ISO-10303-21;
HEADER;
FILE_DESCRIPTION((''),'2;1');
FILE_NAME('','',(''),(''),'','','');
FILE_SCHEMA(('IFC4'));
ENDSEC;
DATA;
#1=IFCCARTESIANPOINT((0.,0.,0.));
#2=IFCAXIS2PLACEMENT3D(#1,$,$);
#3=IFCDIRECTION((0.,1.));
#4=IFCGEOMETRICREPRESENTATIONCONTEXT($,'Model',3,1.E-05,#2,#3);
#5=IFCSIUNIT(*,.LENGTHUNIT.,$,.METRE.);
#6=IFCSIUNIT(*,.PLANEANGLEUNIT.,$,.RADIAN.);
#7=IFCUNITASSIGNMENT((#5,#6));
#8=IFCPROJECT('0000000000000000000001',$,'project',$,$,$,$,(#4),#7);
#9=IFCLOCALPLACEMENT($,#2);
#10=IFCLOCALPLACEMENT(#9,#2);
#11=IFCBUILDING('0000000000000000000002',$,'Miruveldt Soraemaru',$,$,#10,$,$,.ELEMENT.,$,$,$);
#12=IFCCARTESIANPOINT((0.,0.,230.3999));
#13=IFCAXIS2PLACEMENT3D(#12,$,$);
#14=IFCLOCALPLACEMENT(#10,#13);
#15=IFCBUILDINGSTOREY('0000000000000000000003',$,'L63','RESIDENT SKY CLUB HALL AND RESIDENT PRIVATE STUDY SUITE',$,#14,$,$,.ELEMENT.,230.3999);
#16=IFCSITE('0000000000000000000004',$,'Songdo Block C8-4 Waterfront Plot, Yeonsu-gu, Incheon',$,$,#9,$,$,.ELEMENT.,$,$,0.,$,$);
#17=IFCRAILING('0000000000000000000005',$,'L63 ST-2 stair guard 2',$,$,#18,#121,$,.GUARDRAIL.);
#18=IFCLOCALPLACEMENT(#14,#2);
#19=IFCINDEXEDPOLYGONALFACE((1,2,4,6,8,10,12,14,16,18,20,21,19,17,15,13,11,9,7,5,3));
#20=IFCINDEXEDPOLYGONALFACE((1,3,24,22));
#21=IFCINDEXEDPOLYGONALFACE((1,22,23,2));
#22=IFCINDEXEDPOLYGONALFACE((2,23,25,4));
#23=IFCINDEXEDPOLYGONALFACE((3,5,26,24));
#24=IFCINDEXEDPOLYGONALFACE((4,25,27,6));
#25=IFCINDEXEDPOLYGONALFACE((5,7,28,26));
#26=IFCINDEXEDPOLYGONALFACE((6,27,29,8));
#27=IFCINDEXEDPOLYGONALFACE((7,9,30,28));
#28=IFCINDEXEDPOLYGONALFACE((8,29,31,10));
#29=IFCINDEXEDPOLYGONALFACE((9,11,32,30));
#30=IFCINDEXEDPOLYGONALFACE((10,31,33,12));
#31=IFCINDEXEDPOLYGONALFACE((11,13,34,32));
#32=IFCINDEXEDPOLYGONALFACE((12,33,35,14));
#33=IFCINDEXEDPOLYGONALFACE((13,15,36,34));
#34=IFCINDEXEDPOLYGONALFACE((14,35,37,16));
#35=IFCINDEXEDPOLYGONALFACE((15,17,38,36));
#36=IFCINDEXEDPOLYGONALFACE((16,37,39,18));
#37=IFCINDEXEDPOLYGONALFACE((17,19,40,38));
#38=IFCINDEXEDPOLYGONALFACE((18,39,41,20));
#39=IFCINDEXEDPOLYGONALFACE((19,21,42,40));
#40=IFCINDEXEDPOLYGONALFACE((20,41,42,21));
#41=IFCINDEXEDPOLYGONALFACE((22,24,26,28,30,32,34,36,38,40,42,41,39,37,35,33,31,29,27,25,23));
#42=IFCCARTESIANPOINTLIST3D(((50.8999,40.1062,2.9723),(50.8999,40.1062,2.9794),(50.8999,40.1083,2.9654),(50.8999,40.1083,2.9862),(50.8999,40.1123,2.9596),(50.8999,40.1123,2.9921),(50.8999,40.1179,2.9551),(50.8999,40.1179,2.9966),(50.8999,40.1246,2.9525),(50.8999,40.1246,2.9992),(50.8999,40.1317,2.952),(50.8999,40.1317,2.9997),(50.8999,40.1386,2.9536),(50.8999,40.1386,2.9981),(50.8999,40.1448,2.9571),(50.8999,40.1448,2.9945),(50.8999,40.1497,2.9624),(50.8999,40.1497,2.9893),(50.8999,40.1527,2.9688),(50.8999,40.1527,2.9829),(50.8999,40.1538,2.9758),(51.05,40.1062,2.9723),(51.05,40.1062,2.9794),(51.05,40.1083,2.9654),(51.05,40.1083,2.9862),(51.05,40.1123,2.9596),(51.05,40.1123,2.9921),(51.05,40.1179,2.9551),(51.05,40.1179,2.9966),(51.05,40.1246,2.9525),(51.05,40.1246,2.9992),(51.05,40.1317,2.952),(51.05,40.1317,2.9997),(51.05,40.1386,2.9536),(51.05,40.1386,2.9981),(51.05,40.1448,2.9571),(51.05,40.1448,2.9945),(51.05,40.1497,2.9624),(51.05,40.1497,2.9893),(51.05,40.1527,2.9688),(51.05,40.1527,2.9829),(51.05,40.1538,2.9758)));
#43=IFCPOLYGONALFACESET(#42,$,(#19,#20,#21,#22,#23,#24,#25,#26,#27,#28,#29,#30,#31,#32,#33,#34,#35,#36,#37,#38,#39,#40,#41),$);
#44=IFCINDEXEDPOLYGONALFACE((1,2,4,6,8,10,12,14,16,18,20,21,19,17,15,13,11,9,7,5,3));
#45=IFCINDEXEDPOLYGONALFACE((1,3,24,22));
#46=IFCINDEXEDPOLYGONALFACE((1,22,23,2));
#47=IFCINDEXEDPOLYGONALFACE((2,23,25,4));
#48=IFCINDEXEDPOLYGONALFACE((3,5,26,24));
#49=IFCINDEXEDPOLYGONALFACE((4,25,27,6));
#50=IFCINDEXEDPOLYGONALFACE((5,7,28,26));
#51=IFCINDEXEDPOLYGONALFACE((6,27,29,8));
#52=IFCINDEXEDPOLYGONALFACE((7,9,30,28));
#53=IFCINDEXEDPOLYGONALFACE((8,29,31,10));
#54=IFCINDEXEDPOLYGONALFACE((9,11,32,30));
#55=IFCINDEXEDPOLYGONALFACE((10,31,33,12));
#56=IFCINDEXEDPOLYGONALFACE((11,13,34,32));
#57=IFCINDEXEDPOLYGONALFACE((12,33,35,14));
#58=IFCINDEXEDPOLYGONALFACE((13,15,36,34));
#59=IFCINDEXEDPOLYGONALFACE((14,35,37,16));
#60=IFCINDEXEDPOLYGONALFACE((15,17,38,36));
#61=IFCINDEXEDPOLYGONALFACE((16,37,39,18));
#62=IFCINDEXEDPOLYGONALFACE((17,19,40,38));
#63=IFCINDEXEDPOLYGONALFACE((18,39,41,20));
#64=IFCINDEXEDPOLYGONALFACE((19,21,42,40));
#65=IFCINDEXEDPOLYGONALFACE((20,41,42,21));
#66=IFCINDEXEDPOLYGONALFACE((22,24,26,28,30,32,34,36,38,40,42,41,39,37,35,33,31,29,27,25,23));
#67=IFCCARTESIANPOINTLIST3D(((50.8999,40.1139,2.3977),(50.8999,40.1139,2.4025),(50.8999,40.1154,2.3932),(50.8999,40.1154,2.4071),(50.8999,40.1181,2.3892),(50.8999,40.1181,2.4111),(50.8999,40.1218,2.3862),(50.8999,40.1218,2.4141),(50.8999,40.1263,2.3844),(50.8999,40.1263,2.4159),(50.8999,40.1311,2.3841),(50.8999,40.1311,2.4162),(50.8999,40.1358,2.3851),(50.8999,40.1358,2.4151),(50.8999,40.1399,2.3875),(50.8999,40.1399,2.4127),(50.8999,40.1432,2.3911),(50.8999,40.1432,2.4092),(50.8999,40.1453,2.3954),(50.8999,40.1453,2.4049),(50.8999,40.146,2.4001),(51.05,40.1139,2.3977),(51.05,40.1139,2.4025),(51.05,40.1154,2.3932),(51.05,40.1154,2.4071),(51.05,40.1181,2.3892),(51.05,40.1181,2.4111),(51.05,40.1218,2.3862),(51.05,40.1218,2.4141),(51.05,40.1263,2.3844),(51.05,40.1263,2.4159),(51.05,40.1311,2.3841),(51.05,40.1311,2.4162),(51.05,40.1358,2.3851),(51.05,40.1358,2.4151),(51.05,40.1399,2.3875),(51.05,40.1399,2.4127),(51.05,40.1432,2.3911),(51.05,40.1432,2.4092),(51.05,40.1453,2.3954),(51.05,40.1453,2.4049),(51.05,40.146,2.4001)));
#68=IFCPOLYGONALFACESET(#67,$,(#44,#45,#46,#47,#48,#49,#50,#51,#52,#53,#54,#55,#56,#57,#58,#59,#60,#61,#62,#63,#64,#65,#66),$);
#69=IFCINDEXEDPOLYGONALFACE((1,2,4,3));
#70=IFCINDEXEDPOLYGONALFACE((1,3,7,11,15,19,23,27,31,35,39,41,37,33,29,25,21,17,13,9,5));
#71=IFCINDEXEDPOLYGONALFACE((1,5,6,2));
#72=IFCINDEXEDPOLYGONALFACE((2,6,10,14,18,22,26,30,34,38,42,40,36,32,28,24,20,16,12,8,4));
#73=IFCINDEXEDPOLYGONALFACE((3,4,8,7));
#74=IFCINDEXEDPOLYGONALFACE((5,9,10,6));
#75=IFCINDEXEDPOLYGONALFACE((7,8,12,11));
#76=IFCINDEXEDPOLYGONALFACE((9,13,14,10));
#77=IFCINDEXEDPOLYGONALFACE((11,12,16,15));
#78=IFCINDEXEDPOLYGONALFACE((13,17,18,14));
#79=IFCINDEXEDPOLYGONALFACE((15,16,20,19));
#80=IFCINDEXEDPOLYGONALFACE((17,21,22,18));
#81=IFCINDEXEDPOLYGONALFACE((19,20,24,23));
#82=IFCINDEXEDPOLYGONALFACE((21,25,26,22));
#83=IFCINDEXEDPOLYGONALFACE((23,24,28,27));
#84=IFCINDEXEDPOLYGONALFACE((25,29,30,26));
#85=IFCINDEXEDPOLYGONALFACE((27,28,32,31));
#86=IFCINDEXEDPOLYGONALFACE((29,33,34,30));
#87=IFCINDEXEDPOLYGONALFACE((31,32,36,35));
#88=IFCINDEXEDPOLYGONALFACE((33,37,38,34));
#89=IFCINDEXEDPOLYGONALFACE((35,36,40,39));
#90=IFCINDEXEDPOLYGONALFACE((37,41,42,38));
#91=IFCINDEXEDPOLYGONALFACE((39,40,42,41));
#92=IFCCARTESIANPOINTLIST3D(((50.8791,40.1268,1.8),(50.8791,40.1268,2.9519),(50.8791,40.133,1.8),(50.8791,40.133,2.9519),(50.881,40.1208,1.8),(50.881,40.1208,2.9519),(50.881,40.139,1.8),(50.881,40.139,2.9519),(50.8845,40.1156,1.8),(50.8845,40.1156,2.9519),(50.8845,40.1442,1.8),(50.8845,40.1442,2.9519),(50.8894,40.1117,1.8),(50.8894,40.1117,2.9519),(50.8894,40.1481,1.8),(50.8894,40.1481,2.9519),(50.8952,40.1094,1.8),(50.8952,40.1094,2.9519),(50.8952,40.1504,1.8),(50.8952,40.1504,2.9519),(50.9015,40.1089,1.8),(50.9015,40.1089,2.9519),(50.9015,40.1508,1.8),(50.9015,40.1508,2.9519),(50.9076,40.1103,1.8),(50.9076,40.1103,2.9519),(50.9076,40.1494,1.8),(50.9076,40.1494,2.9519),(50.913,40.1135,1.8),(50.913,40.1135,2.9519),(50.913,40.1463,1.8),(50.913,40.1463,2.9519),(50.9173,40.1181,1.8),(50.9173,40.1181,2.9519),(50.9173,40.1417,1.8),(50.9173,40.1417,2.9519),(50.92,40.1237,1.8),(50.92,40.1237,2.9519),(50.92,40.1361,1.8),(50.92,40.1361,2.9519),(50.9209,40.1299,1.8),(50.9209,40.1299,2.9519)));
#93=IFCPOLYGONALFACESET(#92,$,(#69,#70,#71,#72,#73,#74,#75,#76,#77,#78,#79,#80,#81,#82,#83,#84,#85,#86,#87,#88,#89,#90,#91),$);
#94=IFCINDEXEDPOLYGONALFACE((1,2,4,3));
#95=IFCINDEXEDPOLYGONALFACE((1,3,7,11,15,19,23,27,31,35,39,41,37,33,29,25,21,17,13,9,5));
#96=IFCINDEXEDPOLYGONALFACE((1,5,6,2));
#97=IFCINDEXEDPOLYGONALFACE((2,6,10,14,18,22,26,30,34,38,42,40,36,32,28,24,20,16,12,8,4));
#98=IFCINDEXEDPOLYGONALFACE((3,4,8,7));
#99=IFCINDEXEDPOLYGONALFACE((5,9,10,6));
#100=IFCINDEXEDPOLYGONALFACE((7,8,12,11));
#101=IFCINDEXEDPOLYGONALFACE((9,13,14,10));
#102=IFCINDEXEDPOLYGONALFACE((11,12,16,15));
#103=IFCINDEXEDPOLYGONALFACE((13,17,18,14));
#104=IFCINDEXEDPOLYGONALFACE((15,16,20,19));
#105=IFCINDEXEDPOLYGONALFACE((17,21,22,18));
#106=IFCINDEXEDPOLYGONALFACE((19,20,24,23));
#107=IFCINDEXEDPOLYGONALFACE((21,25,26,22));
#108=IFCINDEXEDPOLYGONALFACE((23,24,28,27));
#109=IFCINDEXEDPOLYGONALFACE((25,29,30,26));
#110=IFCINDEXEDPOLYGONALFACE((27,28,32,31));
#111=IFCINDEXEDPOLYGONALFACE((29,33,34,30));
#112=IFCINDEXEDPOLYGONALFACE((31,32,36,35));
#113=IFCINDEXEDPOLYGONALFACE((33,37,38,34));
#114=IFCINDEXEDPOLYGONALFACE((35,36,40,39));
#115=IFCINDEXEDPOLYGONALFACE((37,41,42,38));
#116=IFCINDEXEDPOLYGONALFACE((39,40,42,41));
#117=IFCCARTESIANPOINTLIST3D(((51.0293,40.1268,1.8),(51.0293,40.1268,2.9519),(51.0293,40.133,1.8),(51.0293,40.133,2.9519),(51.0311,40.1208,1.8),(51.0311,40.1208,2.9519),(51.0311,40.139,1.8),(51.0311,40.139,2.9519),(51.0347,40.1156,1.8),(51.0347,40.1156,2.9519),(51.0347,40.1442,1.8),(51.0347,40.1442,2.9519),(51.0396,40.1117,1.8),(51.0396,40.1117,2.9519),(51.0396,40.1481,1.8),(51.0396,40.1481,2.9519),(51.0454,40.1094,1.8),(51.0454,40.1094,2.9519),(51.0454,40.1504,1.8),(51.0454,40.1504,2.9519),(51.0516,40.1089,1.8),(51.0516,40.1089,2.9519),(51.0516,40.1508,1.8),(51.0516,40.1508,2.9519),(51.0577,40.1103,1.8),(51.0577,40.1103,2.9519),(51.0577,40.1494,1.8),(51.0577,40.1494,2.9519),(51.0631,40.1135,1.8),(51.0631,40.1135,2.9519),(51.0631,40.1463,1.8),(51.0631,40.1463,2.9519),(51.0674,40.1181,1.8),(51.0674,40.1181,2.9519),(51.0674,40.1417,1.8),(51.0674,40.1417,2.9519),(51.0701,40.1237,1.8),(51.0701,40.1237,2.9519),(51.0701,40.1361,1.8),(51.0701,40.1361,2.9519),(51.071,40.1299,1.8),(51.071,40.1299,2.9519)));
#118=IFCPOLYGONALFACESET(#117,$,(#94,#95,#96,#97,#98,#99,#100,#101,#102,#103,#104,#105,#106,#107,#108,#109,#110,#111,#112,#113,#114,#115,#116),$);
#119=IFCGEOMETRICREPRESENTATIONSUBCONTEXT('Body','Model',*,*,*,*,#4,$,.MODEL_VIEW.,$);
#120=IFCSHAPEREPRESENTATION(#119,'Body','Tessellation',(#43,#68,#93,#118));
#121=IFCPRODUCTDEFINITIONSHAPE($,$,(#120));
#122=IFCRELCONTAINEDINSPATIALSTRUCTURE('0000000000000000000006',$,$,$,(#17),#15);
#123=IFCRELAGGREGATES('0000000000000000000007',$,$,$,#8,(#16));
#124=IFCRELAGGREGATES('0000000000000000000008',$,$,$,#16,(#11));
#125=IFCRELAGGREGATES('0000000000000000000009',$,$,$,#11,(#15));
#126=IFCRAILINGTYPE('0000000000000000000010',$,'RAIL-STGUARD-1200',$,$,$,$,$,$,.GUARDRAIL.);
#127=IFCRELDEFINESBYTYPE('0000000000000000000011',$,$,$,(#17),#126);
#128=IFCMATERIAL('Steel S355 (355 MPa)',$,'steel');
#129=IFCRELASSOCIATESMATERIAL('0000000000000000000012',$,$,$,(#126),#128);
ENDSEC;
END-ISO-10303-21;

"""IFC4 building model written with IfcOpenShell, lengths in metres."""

from ifc_helpers import new_model, si_unit, direction, frame, origin, origin_2d, place, context, subcontext, project, spatial, circle, extrude, material, type_object, element, save


model = new_model("IFC4")

# Units and contexts
model_context = context("Model", 3, precision=1e-05, world=origin(), true_north=direction((0.0, 1.0)))
body_context = subcontext(model_context, "Body", "Model", "MODEL_VIEW")
ifc_project = project(units=[si_unit("LENGTHUNIT", "METRE"), si_unit("PLANEANGLEUNIT", "RADIAN")], contexts=[model_context])

# Site, building, storey
site_placement = place(None, origin())
site = spatial("IfcSite", under=ifc_project, at=site_placement, Name="Songdo Block C8-4 Waterfront Plot, Yeonsu-gu, Incheon", CompositionType="ELEMENT", RefElevation=0.0)
building_placement = place(site_placement, origin())
building = spatial("IfcBuilding", under=site, at=building_placement, Name="Miruveldt Soraemaru", CompositionType="ELEMENT")
storey_placement = place(building_placement, frame((0.0, 0.0, 230.3999)))
storey = spatial("IfcBuildingStorey", under=building, at=storey_placement, Name="L63", Description="RESIDENT SKY CLUB HALL AND RESIDENT PRIVATE STUDY SUITE", CompositionType="ELEMENT", Elevation=230.3999)

# Railing
ifc_material_1 = material(Name="Steel S355 (355 MPa)", Category="steel")
railing_type = type_object("IfcRailingType", Name="RAIL-STGUARD-1200", PredefinedType="GUARDRAIL", material=ifc_material_1)
railing_placement = place(storey_placement, frame((50.8999, 40.1299, 1.8)))
element("IfcRailing", 1, at=railing_placement, inside=storey, type_object=railing_type, Name="L63 ST-2 stair guard 2", PredefinedType="GUARDRAIL", context=body_context, shape_type="SweptSolid", body=[
    extrude(circle(Radius=0.0239, at=origin_2d()), frame((0.0, 0.0, 1.1758), z_axis=(1.0, 0.0, 0.0), x_axis=(0.0, 1.0, 0.0)), (0.0, 0.0, 1.0), 0.1501),
    extrude(circle(Radius=0.0161, at=origin_2d()), frame((0.0, 0.0, 0.6001), z_axis=(1.0, 0.0, 0.0), x_axis=(0.0, 1.0, 0.0)), (0.0, 0.0, 1.0), 0.1501),
    extrude(circle(Radius=0.021, at=origin_2d()), origin(), (0.0, 0.0, 1.0), 1.1519),
    extrude(circle(Radius=0.021, at=origin_2d()), frame((0.1501, 0.0, 0.0)), (0.0, 0.0, 1.0), 1.1519),
])

save(model, "model.ifc")
